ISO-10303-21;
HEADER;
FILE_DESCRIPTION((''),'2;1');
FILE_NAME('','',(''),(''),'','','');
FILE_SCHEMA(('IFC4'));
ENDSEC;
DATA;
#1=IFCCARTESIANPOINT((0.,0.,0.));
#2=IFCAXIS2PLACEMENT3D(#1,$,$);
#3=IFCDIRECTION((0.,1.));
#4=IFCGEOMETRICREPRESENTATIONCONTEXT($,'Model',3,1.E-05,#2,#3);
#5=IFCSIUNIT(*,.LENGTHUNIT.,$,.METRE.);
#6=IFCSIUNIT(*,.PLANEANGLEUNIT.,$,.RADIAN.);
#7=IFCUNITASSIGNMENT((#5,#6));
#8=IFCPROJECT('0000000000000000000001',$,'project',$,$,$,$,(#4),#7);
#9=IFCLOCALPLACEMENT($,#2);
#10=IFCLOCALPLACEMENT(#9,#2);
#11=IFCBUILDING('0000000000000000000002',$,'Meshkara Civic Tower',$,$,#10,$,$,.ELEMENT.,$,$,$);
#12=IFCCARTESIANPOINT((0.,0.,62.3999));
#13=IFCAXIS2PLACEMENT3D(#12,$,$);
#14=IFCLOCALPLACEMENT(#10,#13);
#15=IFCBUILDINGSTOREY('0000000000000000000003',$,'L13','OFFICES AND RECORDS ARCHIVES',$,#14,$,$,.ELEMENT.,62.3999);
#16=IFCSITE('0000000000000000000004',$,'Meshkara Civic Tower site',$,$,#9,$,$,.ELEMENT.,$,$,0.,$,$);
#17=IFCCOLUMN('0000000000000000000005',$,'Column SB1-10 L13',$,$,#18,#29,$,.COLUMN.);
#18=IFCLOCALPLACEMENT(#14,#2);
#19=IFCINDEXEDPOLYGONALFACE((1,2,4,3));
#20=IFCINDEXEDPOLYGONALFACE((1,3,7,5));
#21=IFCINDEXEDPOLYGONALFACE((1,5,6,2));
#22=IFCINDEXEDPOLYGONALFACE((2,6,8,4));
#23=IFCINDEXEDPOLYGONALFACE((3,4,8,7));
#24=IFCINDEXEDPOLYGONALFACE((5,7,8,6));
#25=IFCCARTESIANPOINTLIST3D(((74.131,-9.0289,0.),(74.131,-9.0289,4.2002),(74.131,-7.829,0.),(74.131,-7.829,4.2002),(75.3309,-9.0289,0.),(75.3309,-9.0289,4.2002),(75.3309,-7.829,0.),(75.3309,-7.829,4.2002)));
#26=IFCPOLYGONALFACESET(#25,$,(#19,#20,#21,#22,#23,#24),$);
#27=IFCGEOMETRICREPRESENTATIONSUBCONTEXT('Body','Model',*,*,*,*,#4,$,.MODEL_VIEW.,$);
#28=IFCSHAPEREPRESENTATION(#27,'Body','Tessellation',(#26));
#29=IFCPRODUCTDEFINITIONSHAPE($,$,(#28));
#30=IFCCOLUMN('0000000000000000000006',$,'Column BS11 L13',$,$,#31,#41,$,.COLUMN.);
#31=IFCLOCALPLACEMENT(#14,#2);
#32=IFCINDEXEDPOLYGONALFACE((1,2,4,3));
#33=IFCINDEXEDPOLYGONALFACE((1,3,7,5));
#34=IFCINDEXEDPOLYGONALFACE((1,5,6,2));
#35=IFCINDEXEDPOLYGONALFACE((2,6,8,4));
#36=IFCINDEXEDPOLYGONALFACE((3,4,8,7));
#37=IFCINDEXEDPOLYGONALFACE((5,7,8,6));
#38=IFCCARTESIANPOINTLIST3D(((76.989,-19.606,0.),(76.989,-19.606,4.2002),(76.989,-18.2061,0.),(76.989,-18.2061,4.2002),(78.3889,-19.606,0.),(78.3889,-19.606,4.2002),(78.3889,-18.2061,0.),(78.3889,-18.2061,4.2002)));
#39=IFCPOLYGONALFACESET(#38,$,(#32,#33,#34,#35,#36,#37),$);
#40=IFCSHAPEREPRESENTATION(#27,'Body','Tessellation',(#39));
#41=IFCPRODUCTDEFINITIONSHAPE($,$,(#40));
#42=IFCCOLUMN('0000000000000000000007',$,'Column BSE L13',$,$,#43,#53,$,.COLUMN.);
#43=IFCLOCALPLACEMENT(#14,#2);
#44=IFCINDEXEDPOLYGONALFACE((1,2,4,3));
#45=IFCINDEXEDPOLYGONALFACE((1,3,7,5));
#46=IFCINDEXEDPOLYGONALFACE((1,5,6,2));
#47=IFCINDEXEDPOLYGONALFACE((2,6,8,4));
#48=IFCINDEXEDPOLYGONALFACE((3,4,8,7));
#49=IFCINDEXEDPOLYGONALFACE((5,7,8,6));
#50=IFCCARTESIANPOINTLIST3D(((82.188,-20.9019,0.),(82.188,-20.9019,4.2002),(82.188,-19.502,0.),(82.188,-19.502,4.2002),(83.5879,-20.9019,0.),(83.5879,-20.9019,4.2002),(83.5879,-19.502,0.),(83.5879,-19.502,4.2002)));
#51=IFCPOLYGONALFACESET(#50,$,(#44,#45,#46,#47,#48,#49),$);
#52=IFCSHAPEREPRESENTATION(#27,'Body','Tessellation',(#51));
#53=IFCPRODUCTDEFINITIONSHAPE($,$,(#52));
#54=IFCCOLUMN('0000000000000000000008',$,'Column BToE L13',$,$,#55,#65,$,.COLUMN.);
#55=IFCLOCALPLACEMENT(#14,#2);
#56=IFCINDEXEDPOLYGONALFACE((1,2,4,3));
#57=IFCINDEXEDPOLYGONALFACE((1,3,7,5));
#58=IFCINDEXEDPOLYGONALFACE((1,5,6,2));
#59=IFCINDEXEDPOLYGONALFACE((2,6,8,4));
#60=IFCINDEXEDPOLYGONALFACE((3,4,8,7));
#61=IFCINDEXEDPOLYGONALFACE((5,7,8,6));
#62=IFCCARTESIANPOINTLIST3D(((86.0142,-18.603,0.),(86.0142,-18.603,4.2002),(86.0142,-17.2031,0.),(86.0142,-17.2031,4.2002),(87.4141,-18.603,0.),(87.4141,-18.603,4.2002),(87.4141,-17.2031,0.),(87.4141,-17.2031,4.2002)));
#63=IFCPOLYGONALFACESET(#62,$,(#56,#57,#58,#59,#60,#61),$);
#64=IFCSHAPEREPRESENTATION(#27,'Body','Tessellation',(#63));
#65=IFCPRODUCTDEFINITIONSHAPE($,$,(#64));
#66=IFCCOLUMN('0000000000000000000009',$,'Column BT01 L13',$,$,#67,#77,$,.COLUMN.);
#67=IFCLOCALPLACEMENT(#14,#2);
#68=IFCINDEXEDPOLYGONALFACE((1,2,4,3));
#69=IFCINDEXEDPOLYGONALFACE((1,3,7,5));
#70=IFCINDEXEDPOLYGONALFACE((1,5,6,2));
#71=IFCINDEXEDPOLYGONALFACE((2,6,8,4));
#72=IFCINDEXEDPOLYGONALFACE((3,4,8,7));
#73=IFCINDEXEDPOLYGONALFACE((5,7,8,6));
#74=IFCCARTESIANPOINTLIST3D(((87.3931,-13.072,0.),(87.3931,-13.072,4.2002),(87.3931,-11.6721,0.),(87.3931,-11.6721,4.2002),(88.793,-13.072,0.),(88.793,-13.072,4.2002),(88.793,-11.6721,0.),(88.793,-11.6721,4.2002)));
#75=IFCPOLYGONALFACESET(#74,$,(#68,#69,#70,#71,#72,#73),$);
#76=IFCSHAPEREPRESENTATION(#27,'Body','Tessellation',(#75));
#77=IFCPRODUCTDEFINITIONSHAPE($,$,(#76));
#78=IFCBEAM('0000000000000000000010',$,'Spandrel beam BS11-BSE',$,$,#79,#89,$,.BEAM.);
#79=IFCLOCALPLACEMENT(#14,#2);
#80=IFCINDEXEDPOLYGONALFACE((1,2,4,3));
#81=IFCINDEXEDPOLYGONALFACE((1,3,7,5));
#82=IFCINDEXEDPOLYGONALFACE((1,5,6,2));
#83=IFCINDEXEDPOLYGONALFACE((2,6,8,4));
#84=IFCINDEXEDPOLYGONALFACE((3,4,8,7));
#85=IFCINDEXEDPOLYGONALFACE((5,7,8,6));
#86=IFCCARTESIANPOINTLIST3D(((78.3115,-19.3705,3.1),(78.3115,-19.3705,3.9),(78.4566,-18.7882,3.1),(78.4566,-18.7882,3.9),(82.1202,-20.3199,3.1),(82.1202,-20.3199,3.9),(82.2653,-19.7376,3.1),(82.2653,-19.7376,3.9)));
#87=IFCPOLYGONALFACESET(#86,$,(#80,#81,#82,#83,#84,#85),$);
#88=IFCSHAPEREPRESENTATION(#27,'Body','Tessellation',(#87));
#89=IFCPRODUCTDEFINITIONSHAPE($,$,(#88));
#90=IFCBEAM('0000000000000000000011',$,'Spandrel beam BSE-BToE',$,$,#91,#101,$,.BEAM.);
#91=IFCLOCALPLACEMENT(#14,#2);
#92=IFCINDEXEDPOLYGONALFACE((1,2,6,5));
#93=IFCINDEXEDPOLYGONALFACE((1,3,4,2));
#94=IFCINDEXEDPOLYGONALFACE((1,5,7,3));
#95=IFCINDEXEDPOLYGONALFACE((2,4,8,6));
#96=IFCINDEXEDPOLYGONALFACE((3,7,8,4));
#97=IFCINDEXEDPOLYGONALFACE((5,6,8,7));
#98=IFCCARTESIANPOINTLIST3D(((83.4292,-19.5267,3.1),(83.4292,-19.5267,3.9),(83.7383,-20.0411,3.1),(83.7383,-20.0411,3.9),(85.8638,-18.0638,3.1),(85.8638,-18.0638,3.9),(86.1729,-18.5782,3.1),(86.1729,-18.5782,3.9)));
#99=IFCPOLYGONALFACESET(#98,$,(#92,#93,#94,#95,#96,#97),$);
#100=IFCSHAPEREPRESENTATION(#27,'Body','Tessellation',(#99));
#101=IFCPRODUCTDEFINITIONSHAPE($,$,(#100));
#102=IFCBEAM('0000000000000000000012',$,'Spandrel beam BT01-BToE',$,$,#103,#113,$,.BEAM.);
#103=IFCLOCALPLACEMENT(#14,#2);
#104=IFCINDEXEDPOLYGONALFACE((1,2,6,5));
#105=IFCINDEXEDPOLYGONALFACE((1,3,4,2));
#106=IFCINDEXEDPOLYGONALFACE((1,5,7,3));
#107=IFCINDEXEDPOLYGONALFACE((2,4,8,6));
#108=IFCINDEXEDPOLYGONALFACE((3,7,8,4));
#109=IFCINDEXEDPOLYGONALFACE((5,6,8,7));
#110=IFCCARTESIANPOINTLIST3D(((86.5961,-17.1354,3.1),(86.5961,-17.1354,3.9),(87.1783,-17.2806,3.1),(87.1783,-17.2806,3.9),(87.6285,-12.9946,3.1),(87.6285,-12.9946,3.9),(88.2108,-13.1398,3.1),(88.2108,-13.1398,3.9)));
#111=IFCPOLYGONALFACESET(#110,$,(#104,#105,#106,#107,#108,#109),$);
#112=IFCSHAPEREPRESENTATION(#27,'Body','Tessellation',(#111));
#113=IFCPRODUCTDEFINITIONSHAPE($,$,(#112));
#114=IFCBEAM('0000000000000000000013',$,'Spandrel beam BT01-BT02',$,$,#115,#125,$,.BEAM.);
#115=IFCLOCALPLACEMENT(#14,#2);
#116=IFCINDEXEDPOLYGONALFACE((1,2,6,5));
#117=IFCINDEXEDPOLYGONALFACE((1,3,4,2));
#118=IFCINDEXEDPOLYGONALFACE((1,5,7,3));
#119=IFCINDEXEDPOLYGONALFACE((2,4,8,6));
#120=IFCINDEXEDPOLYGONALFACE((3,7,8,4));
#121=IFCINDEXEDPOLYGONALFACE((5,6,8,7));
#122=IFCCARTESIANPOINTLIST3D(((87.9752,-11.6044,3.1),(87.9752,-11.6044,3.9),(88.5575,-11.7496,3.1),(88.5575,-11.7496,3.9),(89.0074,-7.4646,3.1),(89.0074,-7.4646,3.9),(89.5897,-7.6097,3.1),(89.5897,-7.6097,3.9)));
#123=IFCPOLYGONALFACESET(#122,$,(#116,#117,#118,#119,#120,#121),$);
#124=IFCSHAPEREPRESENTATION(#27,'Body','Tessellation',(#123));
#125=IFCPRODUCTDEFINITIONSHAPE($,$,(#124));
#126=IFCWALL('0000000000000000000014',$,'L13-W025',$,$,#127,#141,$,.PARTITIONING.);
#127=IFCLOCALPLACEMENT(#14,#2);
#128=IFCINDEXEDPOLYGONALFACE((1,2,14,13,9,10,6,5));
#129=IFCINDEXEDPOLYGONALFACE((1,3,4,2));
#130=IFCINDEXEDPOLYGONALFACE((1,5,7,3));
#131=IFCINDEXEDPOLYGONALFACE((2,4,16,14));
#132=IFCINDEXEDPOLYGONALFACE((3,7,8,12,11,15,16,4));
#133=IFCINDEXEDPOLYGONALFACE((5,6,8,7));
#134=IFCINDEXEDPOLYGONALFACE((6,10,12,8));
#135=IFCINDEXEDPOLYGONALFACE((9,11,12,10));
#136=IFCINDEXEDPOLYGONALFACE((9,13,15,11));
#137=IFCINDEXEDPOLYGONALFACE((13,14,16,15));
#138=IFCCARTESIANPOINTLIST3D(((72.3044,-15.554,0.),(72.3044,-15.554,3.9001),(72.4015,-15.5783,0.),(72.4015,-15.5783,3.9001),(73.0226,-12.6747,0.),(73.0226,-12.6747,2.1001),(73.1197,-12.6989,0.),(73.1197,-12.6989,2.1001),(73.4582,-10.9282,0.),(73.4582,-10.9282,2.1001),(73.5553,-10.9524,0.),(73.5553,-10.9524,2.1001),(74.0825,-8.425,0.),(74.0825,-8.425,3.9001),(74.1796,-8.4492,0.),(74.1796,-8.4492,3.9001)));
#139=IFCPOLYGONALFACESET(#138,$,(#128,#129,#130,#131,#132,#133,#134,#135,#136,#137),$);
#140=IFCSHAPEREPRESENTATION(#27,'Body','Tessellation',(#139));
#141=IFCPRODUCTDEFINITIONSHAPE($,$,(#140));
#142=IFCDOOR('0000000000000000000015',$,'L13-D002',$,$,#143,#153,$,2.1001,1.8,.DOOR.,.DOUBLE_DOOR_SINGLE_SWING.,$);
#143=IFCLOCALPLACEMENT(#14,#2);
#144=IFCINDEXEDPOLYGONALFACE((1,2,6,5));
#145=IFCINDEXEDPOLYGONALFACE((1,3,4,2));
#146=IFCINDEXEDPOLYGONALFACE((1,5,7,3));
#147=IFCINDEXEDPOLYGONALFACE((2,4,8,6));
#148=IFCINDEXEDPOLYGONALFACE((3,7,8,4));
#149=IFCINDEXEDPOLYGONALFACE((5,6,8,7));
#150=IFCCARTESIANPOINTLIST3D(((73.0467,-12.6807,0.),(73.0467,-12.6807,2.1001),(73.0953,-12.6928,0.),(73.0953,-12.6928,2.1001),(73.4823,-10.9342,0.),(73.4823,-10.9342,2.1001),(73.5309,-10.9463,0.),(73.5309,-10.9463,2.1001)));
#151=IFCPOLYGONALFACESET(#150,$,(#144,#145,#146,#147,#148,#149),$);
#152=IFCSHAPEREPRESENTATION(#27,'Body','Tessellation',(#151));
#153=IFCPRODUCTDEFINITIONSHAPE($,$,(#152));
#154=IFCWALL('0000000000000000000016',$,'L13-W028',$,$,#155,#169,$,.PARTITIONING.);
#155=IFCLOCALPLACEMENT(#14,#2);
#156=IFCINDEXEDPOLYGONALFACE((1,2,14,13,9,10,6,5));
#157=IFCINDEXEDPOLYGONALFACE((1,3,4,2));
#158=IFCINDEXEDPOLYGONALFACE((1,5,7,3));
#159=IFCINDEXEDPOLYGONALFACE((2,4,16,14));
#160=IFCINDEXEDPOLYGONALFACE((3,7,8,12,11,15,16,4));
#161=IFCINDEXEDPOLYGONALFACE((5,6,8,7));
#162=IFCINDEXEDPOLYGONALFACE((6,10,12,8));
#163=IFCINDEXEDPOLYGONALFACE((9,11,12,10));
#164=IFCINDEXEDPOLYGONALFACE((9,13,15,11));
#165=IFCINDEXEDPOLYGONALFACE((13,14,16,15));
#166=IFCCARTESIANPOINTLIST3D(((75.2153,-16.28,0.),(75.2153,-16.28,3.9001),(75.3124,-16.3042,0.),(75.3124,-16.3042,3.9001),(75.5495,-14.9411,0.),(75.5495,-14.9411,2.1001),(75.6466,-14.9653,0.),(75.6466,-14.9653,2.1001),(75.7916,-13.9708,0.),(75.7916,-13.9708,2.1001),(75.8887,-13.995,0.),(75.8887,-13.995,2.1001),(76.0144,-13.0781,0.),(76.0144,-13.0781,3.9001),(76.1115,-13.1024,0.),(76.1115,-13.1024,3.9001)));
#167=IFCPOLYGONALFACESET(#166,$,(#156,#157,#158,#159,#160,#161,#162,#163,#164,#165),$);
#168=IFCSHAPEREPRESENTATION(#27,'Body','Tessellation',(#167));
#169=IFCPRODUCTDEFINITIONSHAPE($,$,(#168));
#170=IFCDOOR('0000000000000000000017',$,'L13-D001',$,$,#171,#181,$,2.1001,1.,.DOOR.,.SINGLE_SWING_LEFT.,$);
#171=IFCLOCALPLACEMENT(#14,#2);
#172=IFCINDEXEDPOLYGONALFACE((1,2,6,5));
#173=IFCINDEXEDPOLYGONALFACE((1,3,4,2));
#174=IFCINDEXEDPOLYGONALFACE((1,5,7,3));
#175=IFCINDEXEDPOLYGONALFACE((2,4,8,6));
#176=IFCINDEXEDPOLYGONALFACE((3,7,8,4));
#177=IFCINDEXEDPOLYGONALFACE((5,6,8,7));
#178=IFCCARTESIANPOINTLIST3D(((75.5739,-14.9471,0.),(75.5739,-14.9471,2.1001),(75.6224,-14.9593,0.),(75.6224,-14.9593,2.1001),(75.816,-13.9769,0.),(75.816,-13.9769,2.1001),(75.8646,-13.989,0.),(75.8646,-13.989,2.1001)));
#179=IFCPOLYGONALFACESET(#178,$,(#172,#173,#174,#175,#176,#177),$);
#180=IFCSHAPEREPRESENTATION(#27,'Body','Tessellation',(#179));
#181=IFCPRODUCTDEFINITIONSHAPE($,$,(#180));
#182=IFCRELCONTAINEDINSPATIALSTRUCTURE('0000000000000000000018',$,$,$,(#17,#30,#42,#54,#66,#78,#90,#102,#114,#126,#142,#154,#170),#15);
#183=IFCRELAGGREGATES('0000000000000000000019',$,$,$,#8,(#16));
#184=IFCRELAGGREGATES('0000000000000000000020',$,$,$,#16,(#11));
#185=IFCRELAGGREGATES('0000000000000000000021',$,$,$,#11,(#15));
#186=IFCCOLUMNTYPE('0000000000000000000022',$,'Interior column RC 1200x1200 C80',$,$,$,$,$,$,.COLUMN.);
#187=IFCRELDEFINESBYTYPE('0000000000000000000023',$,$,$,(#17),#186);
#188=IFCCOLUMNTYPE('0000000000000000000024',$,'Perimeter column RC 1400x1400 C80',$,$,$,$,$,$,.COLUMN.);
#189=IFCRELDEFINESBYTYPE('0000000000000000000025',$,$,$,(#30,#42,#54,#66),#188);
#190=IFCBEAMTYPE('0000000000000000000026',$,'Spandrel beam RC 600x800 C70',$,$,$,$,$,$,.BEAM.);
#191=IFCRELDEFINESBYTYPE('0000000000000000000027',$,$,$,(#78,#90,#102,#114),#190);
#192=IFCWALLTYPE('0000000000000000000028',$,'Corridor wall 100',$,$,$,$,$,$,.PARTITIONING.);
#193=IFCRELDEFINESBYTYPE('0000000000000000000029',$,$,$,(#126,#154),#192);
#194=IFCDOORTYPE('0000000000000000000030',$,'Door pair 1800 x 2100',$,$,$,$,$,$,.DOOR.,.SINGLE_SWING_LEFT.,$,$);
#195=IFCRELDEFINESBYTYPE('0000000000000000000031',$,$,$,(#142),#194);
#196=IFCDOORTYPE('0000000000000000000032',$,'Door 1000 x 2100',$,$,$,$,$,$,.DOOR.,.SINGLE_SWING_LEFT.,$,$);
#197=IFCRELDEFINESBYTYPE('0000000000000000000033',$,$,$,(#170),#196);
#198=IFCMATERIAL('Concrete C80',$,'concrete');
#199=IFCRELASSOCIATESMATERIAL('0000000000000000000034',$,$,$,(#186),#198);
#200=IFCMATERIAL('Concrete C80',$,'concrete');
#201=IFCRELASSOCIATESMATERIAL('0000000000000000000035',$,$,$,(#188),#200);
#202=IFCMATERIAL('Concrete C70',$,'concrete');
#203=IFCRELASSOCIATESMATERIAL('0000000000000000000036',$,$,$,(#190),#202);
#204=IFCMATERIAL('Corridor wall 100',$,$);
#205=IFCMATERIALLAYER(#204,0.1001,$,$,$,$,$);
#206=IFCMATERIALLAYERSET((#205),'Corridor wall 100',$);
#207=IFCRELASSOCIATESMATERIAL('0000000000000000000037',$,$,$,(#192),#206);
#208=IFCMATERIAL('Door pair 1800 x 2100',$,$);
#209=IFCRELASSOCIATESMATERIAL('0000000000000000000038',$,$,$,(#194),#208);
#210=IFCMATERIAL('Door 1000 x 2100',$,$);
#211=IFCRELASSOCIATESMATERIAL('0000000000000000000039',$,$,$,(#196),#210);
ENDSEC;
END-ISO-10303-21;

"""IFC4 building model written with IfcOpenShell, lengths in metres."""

from ifc_helpers import new_model, si_unit, direction, frame, frame_2d, origin, origin_2d, place, context, subcontext, project, spatial, rectangle, extrude, material, layer, layer_set, material_profile, profile_set, type_object, element, fill, save


model = new_model("IFC4")

# Units and contexts
model_context = context("Model", 3, precision=1e-05, world=origin(), true_north=direction((0.0, 1.0)))
body_context = subcontext(model_context, "Body", "Model", "MODEL_VIEW")
ifc_project = project(units=[si_unit("LENGTHUNIT", "METRE"), si_unit("PLANEANGLEUNIT", "RADIAN")], contexts=[model_context])

# Site, building, storey
site_placement = place(None, origin())
site = spatial("IfcSite", under=ifc_project, at=site_placement, Name="Meshkara Civic Tower site", CompositionType="ELEMENT", RefElevation=0.0)
building_placement = place(site_placement, origin())
building = spatial("IfcBuilding", under=site, at=building_placement, Name="Meshkara Civic Tower", CompositionType="ELEMENT")
storey_placement = place(building_placement, frame((0.0, 0.0, 62.3999)))
storey = spatial("IfcBuildingStorey", under=building, at=storey_placement, Name="L13", Description="OFFICES AND RECORDS ARCHIVES", CompositionType="ELEMENT", Elevation=62.3999)

# Columns
ifc_material_1 = material(Name="Concrete C80", Category="concrete")
ifc_material_profile_1 = material_profile(ifc_material_1, rectangle(XDim=1.2, YDim=1.2, at=origin_2d()))
ifc_profile_set_1 = profile_set([ifc_material_profile_1], Name="Concrete C80")
column_type_1 = type_object("IfcColumnType", Name="Interior column RC 1200x1200 C80", PredefinedType="COLUMN", material=ifc_profile_set_1)
column_placement = place(storey_placement, frame((74.731, -8.429, 0.0), z_axis=(0.0, 0.0, 1.0), x_axis=(1.0, 0.0, 0.0)))
element("IfcColumn", 1, at=column_placement, inside=storey, type_object=column_type_1, Name="Column SB1-10 L13", PredefinedType="COLUMN", context=body_context, shape_type="SweptSolid", body=[
    extrude(rectangle(XDim=1.2, YDim=1.2, at=origin_2d()), origin(), (0.0, 0.0, 1.0), 4.2002),
])
ifc_material_2 = material(Name="Concrete C80", Category="concrete")
ifc_material_profile_2 = material_profile(ifc_material_2, rectangle(XDim=1.3999, YDim=1.3999, at=origin_2d()))
ifc_profile_set_2 = profile_set([ifc_material_profile_2], Name="Concrete C80")
column_type_2 = type_object("IfcColumnType", Name="Perimeter column RC 1400x1400 C80", PredefinedType="COLUMN", material=ifc_profile_set_2)
for number, where, z_axis, x_axis, name in (
    (2, (77.689, -18.906, 0.0), (0.0, 0.0, 1.0), (1.0, 0.0, 0.0), "Column BS11 L13"),
    (3, (82.8879, -20.2019, 0.0), (0.0, 0.0, 1.0), (1.0, 0.0, 0.0), "Column BSE L13"),
    (4, (86.7141, -17.9031, 0.0), (0.0, 0.0, 1.0), (1.0, 0.0, 0.0), "Column BToE L13"),
    (5, (88.093, -12.3721, 0.0), (0.0, 0.0, 1.0), (1.0, 0.0, 0.0), "Column BT01 L13"),
):
    element("IfcColumn", number, at=place(storey_placement, frame(where, z_axis=z_axis, x_axis=x_axis)), inside=storey, type_object=column_type_2, Name=name, PredefinedType="COLUMN", context=body_context, shape_type="SweptSolid", body=[
        extrude(rectangle(XDim=1.3999, YDim=1.3999, at=origin_2d()), origin(), (0.0, 0.0, 1.0), 4.2002),
    ])

# Beams
ifc_material_3 = material(Name="Concrete C70", Category="concrete")
ifc_material_profile_3 = material_profile(ifc_material_3, rectangle(XDim=0.6001, YDim=0.8, at=origin_2d()))
ifc_profile_set_3 = profile_set([ifc_material_profile_3], Name="Concrete C70")
beam_type = type_object("IfcBeamType", Name="Spandrel beam RC 600x800 C70", PredefinedType="BEAM", material=ifc_profile_set_3)
beam_1_placement = place(storey_placement, frame((78.384, -19.0793, 3.5), z_axis=(0.970307, -0.241877, 0.0), x_axis=(0.241877, 0.970307, 0.0)))
element("IfcBeam", 6, at=beam_1_placement, inside=storey, type_object=beam_type, Name="Spandrel beam BS11-BSE", PredefinedType="BEAM", context=body_context, shape_type="SweptSolid", body=[
    extrude(rectangle(XDim=0.6001, YDim=0.8, at=origin_2d()), origin(), (0.0, 0.0, 1.0), 3.9253),
])
beam_2_placement = place(storey_placement, frame((83.5837, -19.7839, 3.5), z_axis=(0.857159, 0.515052, 0.0), x_axis=(-0.515052, 0.857159, 0.0)))
element("IfcBeam", 7, at=beam_2_placement, inside=storey, type_object=beam_type, Name="Spandrel beam BSE-BToE", PredefinedType="BEAM", context=body_context, shape_type="SweptSolid", body=[
    extrude(rectangle(XDim=0.6001, YDim=0.8, at=origin_2d()), origin(), (0.0, 0.0, 1.0), 2.8403),
])
beam_3_placement = place(storey_placement, frame((86.8872, -17.208, 3.5), z_axis=(0.24193, 0.970294, 0.0), x_axis=(-0.970294, 0.24193, 0.0)))
element("IfcBeam", 8, at=beam_3_placement, inside=storey, type_object=beam_type, Name="Spandrel beam BT01-BToE", PredefinedType="BEAM", context=body_context, shape_type="SweptSolid", body=[
    extrude(rectangle(XDim=0.6001, YDim=0.8, at=origin_2d()), origin(), (0.0, 0.0, 1.0), 4.2676),
])
beam_4_placement = place(storey_placement, frame((88.2664, -11.677, 3.5), z_axis=(0.24193, 0.970294, 0.0), x_axis=(-0.970294, 0.24193, 0.0)))
element("IfcBeam", 9, at=beam_4_placement, inside=storey, type_object=beam_type, Name="Spandrel beam BT01-BT02", PredefinedType="BEAM", context=body_context, shape_type="SweptSolid", body=[
    extrude(rectangle(XDim=0.6001, YDim=0.8, at=origin_2d()), origin(), (0.0, 0.0, 1.0), 4.2666),
])

# Walls, openings, doors
ifc_material_4 = material(Name="Corridor wall 100")
ifc_layer_1 = layer(ifc_material_4, 0.1001)
ifc_layer_set_1 = layer_set([ifc_layer_1], Name="Corridor wall 100")
wall_type_1 = type_object("IfcWallType", Name="Corridor wall 100", PredefinedType="PARTITIONING", material=ifc_layer_set_1)
wall_1_placement = place(storey_placement, frame((74.1311, -8.437, 0.0), z_axis=(0.0, 0.0, 1.0), x_axis=(-0.242004, -0.970275, 0.0)))
wall_1 = element("IfcWall", 10, at=wall_1_placement, inside=storey, type_object=wall_type_1, Name="L13-W025", PredefinedType="PARTITIONING", context=body_context, shape_type="SweptSolid", body=[
    extrude(rectangle(XDim=7.3474, YDim=0.1001, at=frame_2d((3.6738, 0.0))), origin(), (0.0, 0.0, 1.0), 3.9001),
])
opening_1_placement = place(wall_1_placement, frame((2.5801, 0.0, 0.0)))
opening_1 = element("IfcOpeningElement", 11, at=opening_1_placement, cuts=wall_1, PredefinedType="OPENING", context=body_context, shape_type="SweptSolid", body=[
    extrude(rectangle(XDim=1.8, YDim=2.1001, at=frame_2d((0.8999, 1.05))), frame((0.0, 0.0601, 0.0), z_axis=(0.0, -1.0, 0.0), x_axis=(1.0, 0.0, 0.0)), (0.0, 0.0, 1.0), 0.1201),
])
ifc_material_5 = material(Name="Door pair 1800 x 2100")
door_type_1 = type_object("IfcDoorType", Name="Door pair 1800 x 2100", OperationType="SINGLE_SWING_LEFT", PredefinedType="DOOR", material=ifc_material_5)
door_1_placement = place(opening_1_placement, origin())
door_1 = element("IfcDoor", 12, at=door_1_placement, inside=storey, type_object=door_type_1, Name="L13-D002", OperationType="DOUBLE_DOOR_SINGLE_SWING", OverallHeight=2.1001, OverallWidth=1.8, PredefinedType="DOOR", context=body_context, shape_type="SweptSolid", body=[
    extrude(rectangle(XDim=1.8, YDim=2.1001, at=frame_2d((0.8999, 1.05))), frame((0.0, 0.0249, 0.0), z_axis=(0.0, -1.0, 0.0), x_axis=(1.0, 0.0, 0.0)), (0.0, 0.0, 1.0), 0.05),
])
fill(opening_1, door_1)
wall_2_placement = place(storey_placement, frame((75.2639, -16.292, 0.0), z_axis=(0.0, 0.0, 1.0), x_axis=(0.242135, 0.970243, 0.0)))
wall_2 = element("IfcWall", 13, at=wall_2_placement, inside=storey, type_object=wall_type_1, Name="L13-W028", PredefinedType="PARTITIONING", context=body_context, shape_type="SweptSolid", body=[
    extrude(rectangle(XDim=3.3, YDim=0.1001, at=frame_2d((1.6499, 0.0))), origin(), (0.0, 0.0, 1.0), 3.9001),
])
opening_2_placement = place(wall_2_placement, frame((1.3799, 0.0, 0.0)))
opening_2 = element("IfcOpeningElement", 14, at=opening_2_placement, cuts=wall_2, PredefinedType="OPENING", context=body_context, shape_type="SweptSolid", body=[
    extrude(rectangle(XDim=1.0, YDim=2.1001, at=frame_2d((0.5, 1.05))), frame((0.0, 0.0601, 0.0), z_axis=(0.0, -1.0, 0.0), x_axis=(1.0, 0.0, 0.0)), (0.0, 0.0, 1.0), 0.1201),
])
ifc_material_6 = material(Name="Door 1000 x 2100")
door_type_2 = type_object("IfcDoorType", Name="Door 1000 x 2100", OperationType="SINGLE_SWING_LEFT", PredefinedType="DOOR", material=ifc_material_6)
door_2_placement = place(opening_2_placement, origin())
door_2 = element("IfcDoor", 15, at=door_2_placement, inside=storey, type_object=door_type_2, Name="L13-D001", OperationType="SINGLE_SWING_LEFT", OverallHeight=2.1001, OverallWidth=1.0, PredefinedType="DOOR", context=body_context, shape_type="SweptSolid", body=[
    extrude(rectangle(XDim=1.0, YDim=2.1001, at=frame_2d((0.5, 1.05))), frame((0.0, 0.0249, 0.0), z_axis=(0.0, -1.0, 0.0), x_axis=(1.0, 0.0, 0.0)), (0.0, 0.0, 1.0), 0.05),
])
fill(opening_2, door_2)

save(model, "model.ifc")
